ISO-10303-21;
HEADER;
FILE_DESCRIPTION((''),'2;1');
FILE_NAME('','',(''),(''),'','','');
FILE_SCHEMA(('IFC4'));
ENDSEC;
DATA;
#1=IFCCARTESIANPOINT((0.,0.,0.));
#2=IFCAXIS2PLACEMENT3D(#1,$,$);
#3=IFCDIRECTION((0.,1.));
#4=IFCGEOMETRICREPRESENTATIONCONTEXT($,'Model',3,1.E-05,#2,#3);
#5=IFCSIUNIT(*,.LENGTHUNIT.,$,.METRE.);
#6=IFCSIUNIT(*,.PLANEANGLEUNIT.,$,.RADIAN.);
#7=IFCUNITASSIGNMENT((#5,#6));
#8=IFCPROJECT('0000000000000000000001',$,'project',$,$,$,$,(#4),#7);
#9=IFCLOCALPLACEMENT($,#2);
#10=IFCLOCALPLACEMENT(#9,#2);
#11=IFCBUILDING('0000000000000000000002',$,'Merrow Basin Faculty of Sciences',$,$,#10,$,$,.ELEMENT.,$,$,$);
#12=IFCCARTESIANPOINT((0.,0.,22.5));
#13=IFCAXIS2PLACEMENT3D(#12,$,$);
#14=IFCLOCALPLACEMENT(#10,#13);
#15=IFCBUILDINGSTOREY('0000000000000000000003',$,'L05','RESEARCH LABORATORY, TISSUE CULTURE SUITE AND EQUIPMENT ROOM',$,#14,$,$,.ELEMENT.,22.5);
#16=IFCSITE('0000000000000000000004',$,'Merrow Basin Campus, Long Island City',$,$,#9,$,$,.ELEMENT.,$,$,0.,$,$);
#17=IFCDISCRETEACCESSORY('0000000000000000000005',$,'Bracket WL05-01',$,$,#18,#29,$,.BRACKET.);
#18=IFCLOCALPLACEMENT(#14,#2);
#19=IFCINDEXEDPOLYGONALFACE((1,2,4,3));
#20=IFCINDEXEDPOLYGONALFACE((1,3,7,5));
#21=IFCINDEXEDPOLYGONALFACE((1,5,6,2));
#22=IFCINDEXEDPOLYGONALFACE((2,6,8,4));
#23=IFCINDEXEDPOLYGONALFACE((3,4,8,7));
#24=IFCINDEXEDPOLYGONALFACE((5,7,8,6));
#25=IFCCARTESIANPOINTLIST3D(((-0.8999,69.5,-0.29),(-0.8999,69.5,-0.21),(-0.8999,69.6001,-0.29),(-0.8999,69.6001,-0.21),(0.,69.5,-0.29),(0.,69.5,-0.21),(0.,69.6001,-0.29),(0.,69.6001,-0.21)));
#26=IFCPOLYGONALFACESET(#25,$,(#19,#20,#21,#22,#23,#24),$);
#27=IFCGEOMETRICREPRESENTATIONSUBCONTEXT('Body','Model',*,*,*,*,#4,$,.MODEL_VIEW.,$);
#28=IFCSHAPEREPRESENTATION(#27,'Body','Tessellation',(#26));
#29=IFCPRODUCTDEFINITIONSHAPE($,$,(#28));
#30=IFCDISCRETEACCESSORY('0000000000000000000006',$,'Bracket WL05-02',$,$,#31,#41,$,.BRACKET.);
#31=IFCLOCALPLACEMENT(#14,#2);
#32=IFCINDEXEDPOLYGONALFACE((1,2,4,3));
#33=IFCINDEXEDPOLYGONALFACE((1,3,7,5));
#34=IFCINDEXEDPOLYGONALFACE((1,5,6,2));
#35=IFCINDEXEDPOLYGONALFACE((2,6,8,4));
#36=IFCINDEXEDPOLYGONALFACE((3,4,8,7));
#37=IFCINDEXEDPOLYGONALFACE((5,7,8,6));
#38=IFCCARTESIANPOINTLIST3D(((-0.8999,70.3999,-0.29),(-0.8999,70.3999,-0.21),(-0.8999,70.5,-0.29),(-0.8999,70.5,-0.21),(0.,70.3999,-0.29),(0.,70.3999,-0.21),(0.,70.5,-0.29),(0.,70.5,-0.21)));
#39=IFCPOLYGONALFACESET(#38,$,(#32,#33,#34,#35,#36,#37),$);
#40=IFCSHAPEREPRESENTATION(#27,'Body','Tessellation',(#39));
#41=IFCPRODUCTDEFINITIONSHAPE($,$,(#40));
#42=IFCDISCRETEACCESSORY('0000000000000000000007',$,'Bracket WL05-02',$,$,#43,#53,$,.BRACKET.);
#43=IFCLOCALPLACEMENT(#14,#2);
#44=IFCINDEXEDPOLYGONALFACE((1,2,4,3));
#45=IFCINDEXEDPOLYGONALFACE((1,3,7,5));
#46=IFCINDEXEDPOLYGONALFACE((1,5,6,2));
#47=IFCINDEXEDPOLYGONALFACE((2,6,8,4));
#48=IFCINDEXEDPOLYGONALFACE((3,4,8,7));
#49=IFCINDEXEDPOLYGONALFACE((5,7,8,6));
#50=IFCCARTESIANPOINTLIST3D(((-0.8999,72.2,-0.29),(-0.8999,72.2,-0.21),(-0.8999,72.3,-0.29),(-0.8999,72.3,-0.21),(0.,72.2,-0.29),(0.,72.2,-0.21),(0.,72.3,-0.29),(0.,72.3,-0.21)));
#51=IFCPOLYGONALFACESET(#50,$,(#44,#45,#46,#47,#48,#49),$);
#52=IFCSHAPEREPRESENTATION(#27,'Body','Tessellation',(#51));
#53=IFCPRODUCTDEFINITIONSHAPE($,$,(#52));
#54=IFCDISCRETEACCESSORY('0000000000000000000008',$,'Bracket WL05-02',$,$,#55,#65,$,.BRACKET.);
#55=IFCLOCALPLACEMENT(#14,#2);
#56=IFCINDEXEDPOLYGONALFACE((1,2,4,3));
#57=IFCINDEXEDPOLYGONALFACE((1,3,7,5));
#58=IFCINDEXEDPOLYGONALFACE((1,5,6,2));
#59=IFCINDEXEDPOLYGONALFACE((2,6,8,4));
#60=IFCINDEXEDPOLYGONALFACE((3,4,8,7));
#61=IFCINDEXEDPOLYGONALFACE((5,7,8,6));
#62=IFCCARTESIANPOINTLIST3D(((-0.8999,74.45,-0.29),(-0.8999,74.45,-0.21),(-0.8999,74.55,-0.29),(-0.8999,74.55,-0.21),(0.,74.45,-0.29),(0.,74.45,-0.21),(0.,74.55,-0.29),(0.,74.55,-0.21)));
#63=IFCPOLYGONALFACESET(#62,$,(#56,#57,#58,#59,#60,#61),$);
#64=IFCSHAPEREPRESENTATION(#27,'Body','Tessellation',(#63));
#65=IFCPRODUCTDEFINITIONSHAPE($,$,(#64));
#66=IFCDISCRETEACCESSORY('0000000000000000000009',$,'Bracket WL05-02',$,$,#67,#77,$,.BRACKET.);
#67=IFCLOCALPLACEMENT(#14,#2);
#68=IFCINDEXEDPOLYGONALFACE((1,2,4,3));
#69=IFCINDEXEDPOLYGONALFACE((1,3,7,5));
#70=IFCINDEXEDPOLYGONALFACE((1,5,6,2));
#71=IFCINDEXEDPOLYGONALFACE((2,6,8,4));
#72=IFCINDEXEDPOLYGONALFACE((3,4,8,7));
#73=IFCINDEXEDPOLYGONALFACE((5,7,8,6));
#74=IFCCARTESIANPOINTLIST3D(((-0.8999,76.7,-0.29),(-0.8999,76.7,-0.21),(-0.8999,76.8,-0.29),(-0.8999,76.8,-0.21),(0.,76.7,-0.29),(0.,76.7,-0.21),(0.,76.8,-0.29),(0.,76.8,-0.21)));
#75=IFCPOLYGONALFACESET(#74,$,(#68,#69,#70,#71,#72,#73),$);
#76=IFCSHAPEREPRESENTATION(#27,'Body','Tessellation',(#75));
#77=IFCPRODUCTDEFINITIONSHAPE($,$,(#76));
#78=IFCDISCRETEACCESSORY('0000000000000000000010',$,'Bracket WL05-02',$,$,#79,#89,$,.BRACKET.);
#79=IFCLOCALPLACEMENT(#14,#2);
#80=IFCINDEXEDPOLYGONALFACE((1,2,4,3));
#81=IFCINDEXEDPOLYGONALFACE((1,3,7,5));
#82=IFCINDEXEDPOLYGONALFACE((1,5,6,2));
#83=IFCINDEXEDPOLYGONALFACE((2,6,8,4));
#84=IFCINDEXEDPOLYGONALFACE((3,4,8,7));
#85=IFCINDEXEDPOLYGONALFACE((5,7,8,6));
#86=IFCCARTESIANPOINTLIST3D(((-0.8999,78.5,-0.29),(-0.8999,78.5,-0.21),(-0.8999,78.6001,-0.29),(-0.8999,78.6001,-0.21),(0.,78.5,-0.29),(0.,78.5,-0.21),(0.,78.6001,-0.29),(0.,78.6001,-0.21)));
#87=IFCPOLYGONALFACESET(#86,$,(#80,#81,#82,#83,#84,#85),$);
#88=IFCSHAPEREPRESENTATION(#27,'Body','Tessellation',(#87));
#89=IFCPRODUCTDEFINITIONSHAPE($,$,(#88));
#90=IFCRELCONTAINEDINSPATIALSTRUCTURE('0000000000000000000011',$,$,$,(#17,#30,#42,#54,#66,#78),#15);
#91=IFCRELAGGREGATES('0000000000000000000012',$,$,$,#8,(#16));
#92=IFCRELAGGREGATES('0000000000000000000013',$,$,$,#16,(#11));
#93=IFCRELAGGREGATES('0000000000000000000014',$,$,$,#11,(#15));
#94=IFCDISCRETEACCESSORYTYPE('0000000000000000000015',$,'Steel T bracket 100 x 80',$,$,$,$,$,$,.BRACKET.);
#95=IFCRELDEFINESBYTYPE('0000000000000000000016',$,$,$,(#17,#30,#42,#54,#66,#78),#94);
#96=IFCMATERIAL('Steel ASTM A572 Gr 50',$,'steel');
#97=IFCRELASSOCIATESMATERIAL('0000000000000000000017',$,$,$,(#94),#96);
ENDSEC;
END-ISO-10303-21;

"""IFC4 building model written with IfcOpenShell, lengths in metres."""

from ifc_helpers import new_model, si_unit, direction, frame, origin, place, context, subcontext, project, spatial, polyline, outline, extrude, source, transform, mapped, material, type_object, element, save


model = new_model("IFC4")

# Units and contexts
model_context = context("Model", 3, precision=1e-05, world=origin(), true_north=direction((0.0, 1.0)))
body_context = subcontext(model_context, "Body", "Model", "MODEL_VIEW")
ifc_project = project(units=[si_unit("LENGTHUNIT", "METRE"), si_unit("PLANEANGLEUNIT", "RADIAN")], contexts=[model_context])

# Site, building, storey
site_placement = place(None, origin())
site = spatial("IfcSite", under=ifc_project, at=site_placement, Name="Merrow Basin Campus, Long Island City", CompositionType="ELEMENT", RefElevation=0.0)
building_placement = place(site_placement, origin())
building = spatial("IfcBuilding", under=site, at=building_placement, Name="Merrow Basin Faculty of Sciences", CompositionType="ELEMENT")
storey_placement = place(building_placement, frame((0.0, 0.0, 22.5)))
storey = spatial("IfcBuildingStorey", under=building, at=storey_placement, Name="L05", Description="RESEARCH LABORATORY, TISSUE CULTURE SUITE AND EQUIPMENT ROOM", CompositionType="ELEMENT", Elevation=22.5)

# Discrete accessories
ifc_material_1 = material(Name="Steel ASTM A572 Gr 50", Category="steel")
discrete_accessory_type = type_object("IfcDiscreteAccessoryType", Name="Steel T bracket 100 x 80", PredefinedType="BRACKET", material=ifc_material_1)
shared_shape_1 = source(origin(), body_context, "Body", "SweptSolid", [
    extrude(outline(polyline([(0.0, 0.0), (0.1001, 0.0), (0.1001, 0.0801), (0.0, 0.0801), (0.0, 0.0)])), origin(), (0.0, 0.0, 1.0), 0.8999),
])
for number, where, z_axis, x_axis, name in (
    (1, (-0.8999, 69.5, -0.29), (1.0, 0.0, 0.0), (0.0, 1.0, 0.0), "Bracket WL05-01"),
    (2, (-0.8999, 70.3999, -0.29), (1.0, 0.0, 0.0), (0.0, 1.0, 0.0), "Bracket WL05-02"),
    (3, (-0.8999, 72.2, -0.29), (1.0, 0.0, 0.0), (0.0, 1.0, 0.0), "Bracket WL05-02"),
    (4, (-0.8999, 74.45, -0.29), (1.0, 0.0, 0.0), (0.0, 1.0, 0.0), "Bracket WL05-02"),
    (5, (-0.8999, 76.7, -0.29), (1.0, 0.0, 0.0), (0.0, 1.0, 0.0), "Bracket WL05-02"),
    (6, (-0.8999, 78.5, -0.29), (1.0, 0.0, 0.0), (0.0, 1.0, 0.0), "Bracket WL05-02"),
):
    element("IfcDiscreteAccessory", number, at=place(storey_placement, frame(where, z_axis=z_axis, x_axis=x_axis)), inside=storey, type_object=discrete_accessory_type, Name=name, PredefinedType="BRACKET", context=body_context, shape_type="MappedRepresentation", body=[
        mapped(shared_shape_1, transform((0.0, 0.0, 0.0), scale=1.0)),
    ])

save(model, "model.ifc")
